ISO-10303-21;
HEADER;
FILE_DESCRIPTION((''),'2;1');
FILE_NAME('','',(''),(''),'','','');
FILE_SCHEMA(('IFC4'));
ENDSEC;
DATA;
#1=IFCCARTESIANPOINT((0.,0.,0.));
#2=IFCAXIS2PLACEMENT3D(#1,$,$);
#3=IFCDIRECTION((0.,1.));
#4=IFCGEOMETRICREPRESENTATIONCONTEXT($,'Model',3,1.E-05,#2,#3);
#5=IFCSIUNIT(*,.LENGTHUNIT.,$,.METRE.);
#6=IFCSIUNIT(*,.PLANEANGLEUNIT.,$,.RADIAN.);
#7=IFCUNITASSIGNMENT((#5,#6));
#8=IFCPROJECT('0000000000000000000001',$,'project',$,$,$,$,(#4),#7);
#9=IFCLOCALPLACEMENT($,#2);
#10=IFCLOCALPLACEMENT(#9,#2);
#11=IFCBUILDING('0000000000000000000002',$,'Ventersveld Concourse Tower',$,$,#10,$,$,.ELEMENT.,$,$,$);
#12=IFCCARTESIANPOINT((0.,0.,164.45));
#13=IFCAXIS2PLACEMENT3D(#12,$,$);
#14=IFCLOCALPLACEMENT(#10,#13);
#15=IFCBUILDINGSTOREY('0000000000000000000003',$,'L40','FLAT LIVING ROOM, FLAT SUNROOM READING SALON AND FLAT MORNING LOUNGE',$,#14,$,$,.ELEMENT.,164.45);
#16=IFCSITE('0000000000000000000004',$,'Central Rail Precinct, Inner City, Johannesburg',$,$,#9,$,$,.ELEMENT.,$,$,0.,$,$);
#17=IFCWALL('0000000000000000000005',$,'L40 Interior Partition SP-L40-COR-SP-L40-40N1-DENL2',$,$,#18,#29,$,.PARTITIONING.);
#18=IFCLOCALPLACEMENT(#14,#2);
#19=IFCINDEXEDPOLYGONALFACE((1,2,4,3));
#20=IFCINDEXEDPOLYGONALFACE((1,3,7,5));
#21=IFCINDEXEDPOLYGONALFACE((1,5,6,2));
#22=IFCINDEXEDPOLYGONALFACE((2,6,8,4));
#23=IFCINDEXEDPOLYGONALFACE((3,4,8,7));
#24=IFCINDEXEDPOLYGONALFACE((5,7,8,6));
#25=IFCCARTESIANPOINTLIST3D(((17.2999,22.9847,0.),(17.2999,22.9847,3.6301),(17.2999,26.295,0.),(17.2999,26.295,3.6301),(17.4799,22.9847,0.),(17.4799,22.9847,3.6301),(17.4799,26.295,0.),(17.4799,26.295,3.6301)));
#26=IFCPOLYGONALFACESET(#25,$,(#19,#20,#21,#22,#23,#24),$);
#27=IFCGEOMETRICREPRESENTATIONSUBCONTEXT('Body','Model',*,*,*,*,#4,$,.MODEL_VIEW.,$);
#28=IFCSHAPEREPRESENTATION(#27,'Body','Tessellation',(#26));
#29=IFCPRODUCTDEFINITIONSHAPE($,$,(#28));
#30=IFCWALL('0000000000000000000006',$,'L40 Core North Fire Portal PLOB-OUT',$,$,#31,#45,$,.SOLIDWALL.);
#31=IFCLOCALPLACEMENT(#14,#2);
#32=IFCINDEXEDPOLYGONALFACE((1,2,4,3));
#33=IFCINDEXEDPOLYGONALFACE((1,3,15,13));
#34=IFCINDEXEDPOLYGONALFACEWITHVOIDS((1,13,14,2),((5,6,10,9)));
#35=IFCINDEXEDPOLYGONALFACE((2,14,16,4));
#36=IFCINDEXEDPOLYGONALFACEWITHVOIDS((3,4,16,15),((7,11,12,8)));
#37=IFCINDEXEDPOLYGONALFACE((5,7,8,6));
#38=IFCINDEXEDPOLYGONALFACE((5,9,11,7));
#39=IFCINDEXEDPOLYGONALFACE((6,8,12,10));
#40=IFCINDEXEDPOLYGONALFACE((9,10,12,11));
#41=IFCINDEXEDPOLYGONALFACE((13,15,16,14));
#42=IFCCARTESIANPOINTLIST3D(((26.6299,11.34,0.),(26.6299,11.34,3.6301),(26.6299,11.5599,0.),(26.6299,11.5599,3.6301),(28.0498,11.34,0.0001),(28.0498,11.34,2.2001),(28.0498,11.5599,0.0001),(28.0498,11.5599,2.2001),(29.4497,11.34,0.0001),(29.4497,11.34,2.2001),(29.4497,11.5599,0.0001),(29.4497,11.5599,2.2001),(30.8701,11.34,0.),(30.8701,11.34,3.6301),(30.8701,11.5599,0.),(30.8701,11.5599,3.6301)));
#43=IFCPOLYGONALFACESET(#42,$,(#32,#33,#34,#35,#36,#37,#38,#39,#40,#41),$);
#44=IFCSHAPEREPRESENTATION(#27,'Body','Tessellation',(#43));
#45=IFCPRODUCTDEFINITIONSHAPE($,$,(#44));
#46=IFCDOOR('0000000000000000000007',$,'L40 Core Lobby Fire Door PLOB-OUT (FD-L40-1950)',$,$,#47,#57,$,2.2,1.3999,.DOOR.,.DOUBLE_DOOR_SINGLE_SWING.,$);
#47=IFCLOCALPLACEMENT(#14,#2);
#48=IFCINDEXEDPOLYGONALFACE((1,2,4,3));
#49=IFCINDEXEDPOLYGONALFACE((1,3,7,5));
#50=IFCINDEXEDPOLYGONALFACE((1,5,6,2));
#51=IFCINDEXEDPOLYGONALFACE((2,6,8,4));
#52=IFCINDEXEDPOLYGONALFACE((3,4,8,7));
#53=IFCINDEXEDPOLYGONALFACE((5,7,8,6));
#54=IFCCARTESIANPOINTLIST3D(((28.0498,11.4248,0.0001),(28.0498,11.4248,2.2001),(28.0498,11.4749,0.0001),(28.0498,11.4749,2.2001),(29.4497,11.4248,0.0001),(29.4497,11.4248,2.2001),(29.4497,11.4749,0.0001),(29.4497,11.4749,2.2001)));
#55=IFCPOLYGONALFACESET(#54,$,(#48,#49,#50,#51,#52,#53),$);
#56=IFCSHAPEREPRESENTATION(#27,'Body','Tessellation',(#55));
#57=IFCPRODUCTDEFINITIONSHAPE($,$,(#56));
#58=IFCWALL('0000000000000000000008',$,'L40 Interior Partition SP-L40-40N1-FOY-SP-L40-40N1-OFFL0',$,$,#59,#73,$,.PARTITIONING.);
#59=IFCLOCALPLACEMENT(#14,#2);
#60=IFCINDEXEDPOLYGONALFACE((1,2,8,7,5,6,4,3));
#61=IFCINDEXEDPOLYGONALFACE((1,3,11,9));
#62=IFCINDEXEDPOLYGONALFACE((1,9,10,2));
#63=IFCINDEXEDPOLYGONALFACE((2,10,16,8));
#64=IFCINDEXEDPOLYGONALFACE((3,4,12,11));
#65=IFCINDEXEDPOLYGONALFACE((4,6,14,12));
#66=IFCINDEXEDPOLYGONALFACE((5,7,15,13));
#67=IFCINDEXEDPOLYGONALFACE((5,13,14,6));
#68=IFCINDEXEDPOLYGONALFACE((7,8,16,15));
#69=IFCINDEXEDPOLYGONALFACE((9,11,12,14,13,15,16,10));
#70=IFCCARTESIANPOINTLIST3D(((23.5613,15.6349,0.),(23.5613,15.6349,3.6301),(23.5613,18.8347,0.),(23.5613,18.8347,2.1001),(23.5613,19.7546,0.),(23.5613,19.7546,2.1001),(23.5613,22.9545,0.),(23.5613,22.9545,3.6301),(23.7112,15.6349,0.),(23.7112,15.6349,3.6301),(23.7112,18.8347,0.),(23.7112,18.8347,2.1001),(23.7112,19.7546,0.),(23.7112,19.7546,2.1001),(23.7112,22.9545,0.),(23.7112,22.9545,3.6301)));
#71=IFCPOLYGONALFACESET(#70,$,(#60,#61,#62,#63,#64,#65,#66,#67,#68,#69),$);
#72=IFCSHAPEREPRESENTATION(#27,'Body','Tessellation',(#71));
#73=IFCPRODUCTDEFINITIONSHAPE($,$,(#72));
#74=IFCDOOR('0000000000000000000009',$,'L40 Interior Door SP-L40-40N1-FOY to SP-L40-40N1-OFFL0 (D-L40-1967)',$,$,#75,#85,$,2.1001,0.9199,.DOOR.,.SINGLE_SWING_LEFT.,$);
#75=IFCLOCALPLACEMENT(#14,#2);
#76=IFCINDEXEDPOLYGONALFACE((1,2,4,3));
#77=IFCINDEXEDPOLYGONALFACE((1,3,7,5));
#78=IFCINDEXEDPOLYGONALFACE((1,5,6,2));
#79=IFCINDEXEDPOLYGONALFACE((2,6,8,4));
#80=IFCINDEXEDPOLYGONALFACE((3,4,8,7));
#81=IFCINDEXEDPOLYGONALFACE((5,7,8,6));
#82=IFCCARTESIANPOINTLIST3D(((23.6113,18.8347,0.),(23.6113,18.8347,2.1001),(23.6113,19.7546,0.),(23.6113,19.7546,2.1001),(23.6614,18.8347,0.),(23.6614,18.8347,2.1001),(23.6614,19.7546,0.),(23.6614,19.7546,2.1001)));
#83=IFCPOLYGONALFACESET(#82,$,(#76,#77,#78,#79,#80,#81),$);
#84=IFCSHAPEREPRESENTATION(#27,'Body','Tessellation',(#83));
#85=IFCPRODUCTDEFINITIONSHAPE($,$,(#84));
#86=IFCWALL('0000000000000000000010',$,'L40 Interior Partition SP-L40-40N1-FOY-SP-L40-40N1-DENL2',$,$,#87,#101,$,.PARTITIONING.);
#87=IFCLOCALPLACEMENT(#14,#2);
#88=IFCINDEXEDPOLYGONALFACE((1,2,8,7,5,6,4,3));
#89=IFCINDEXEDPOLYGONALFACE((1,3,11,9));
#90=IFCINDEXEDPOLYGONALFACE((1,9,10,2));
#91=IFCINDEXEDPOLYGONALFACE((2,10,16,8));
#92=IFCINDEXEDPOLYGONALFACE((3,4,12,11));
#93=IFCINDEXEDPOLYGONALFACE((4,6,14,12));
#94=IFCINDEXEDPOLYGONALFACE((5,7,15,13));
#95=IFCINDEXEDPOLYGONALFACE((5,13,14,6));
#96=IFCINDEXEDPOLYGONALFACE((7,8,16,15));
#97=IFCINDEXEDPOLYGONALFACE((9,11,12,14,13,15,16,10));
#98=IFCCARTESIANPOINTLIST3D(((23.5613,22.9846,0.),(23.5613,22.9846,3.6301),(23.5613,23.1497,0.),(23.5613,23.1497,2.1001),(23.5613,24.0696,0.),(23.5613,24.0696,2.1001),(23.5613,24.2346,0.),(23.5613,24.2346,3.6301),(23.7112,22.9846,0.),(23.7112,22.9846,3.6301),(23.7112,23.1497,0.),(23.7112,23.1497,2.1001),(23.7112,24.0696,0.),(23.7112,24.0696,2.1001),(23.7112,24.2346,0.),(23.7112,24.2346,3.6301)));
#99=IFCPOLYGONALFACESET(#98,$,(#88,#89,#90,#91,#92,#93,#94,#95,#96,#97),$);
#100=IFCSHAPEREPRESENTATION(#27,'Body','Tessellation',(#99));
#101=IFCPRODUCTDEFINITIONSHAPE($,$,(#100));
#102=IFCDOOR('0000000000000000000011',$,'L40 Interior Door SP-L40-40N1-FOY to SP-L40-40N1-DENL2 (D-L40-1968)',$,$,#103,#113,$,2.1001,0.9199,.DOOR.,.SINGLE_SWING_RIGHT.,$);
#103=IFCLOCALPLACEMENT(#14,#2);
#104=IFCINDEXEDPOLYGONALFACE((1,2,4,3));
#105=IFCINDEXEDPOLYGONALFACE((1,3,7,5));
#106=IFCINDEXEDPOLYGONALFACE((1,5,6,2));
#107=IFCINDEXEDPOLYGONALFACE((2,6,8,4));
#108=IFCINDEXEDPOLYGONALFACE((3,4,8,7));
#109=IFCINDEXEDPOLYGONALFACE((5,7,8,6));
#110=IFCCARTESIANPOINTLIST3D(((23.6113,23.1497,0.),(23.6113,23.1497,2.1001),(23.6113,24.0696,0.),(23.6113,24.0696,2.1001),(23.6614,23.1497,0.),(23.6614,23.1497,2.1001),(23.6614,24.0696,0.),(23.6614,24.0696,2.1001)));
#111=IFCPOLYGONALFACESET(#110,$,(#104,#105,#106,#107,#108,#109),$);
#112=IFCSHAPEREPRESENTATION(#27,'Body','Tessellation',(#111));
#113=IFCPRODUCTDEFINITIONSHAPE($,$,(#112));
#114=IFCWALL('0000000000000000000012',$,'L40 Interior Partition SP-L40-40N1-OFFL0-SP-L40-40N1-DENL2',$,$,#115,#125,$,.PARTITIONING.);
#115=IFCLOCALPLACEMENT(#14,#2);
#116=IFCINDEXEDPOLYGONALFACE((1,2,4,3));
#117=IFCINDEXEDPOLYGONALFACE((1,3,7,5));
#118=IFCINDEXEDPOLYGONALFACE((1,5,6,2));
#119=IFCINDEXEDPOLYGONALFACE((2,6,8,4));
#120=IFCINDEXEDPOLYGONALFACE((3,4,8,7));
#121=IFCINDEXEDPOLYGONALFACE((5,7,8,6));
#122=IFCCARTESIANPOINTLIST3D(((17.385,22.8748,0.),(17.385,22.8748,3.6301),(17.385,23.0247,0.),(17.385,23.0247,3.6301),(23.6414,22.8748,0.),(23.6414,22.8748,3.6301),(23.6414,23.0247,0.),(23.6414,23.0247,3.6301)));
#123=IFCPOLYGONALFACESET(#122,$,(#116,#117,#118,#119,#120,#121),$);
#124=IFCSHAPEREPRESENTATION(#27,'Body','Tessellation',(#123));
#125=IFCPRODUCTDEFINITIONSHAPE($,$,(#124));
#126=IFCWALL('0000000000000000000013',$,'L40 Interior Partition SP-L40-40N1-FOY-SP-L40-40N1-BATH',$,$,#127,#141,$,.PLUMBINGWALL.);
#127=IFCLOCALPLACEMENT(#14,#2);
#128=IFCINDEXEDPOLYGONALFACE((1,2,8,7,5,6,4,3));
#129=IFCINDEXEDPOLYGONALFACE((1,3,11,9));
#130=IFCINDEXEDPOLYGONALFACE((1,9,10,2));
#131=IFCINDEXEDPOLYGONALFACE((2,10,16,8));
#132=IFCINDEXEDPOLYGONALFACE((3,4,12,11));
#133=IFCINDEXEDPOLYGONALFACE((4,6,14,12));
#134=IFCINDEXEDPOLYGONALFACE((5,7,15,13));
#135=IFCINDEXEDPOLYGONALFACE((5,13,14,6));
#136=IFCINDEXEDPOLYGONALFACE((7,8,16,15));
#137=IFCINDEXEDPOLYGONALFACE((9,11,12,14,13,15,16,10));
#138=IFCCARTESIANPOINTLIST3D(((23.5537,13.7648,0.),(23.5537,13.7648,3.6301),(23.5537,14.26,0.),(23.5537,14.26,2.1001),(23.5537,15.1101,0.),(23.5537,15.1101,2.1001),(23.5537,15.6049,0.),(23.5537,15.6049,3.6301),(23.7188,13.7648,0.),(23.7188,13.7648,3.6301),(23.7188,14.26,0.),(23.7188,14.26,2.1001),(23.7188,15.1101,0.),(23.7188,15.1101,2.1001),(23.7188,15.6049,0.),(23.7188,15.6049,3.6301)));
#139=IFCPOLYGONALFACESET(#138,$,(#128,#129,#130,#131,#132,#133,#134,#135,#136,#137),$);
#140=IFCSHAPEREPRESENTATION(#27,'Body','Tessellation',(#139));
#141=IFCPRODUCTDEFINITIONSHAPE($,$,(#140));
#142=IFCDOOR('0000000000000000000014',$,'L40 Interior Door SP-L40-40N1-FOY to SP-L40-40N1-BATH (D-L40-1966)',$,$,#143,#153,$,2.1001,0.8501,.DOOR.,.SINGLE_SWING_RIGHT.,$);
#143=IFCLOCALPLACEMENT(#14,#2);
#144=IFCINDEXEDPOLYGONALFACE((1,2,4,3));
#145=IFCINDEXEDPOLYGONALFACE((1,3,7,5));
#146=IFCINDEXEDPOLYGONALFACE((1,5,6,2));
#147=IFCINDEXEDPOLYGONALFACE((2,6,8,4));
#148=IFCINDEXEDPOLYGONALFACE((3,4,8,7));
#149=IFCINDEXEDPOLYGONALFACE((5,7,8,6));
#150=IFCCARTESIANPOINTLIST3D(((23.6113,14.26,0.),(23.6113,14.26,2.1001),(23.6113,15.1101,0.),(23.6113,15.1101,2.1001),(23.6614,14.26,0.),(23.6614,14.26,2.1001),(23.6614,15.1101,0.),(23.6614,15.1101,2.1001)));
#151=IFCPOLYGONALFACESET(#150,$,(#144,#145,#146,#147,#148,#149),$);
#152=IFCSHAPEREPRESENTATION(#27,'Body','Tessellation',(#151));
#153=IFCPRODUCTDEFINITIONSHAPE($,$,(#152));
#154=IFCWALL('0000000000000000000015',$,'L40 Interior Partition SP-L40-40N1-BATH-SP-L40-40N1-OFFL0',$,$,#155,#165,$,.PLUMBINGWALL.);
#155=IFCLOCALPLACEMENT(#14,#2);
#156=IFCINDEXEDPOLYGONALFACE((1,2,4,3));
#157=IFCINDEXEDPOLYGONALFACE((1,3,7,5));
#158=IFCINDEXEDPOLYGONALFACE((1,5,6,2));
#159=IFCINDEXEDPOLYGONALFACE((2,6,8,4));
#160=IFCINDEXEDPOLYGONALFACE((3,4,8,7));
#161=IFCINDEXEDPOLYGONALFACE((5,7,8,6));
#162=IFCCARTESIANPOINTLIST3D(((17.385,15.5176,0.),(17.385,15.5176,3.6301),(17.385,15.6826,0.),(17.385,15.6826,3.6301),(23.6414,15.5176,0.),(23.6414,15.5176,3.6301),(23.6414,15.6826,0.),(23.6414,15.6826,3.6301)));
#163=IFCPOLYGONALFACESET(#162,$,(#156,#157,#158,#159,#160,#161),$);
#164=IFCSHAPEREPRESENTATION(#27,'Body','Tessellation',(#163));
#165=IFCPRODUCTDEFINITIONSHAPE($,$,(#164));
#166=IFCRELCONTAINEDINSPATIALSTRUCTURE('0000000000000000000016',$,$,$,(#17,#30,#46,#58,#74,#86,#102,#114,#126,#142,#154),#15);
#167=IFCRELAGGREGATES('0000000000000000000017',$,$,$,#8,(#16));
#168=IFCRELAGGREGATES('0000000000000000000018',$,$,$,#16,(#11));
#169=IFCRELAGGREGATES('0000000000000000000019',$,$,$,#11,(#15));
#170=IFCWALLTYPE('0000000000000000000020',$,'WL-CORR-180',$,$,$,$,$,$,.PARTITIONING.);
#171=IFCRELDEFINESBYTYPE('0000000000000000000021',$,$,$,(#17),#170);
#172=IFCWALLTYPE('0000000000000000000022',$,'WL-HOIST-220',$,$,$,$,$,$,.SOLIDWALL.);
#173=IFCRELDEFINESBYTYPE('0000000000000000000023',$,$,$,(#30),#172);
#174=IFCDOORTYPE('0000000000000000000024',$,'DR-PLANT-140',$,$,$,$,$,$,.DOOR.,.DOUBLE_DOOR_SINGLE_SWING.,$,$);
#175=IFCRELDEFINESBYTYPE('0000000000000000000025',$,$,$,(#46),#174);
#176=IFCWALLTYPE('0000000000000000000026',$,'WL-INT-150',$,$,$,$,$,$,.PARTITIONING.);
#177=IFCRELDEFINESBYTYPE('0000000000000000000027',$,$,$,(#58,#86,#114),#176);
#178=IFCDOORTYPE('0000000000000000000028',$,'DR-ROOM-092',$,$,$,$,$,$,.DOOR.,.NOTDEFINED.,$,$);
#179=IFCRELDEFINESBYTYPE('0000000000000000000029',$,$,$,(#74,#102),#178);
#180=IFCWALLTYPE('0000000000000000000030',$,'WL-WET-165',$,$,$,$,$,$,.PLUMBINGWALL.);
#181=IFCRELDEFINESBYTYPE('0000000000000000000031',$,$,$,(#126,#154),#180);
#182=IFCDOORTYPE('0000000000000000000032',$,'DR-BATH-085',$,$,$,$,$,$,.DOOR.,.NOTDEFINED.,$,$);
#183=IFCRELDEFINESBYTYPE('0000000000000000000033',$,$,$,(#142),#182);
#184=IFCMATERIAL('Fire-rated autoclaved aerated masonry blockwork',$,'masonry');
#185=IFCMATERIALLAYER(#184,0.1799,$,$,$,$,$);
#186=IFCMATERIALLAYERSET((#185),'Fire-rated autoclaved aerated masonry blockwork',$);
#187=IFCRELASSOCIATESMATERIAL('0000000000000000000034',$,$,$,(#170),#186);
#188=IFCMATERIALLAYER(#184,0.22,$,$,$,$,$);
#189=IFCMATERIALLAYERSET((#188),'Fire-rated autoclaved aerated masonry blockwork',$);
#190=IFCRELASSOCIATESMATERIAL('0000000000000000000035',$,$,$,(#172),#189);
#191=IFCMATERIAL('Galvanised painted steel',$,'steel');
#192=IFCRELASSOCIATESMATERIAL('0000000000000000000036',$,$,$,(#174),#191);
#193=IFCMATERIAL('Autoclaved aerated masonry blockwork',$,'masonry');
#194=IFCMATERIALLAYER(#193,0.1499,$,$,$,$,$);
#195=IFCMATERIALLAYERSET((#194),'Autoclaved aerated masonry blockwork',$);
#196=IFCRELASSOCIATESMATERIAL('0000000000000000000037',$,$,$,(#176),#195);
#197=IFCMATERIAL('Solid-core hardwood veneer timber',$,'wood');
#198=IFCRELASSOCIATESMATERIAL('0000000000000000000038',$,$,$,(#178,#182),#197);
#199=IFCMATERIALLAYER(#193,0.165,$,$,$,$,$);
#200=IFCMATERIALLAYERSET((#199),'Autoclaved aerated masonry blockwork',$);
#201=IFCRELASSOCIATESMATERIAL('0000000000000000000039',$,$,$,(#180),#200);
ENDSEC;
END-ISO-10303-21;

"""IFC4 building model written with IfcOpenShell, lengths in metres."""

from ifc_helpers import new_model, si_unit, direction, frame, frame_2d, origin, place, context, subcontext, project, spatial, rectangle, extrude, material, layer, layer_set, type_object, element, fill, save


model = new_model("IFC4")

# Units and contexts
model_context = context("Model", 3, precision=1e-05, world=origin(), true_north=direction((0.0, 1.0)))
body_context = subcontext(model_context, "Body", "Model", "MODEL_VIEW")
ifc_project = project(units=[si_unit("LENGTHUNIT", "METRE"), si_unit("PLANEANGLEUNIT", "RADIAN")], contexts=[model_context])

# Site, building, storey
site_placement = place(None, origin())
site = spatial("IfcSite", under=ifc_project, at=site_placement, Name="Central Rail Precinct, Inner City, Johannesburg", CompositionType="ELEMENT", RefElevation=0.0)
building_placement = place(site_placement, origin())
building = spatial("IfcBuilding", under=site, at=building_placement, Name="Ventersveld Concourse Tower", CompositionType="ELEMENT")
storey_placement = place(building_placement, frame((0.0, 0.0, 164.45)))
storey = spatial("IfcBuildingStorey", under=building, at=storey_placement, Name="L40", Description="FLAT LIVING ROOM, FLAT SUNROOM READING SALON AND FLAT MORNING LOUNGE", CompositionType="ELEMENT", Elevation=164.45)

# Shared definitions
ifc_material_1 = material(Name="Fire-rated autoclaved aerated masonry blockwork", Category="masonry")
ifc_layer_1 = layer(ifc_material_1, 0.1799)
ifc_layer_set_1 = layer_set([ifc_layer_1], Name="Fire-rated autoclaved aerated masonry blockwork")
wall_type_1 = type_object("IfcWallType", Name="WL-CORR-180", PredefinedType="PARTITIONING", material=ifc_layer_set_1)

# Shared definitions
ifc_material_2 = material(Name="Solid-core hardwood veneer timber", Category="wood")

# Wall
wall_1_placement = place(storey_placement, frame((17.3899, 22.9846, 0.0), z_axis=(0.0, 0.0, 1.0), x_axis=(0.0, 1.0, 0.0)))
element("IfcWall", 1, at=wall_1_placement, inside=storey, type_object=wall_type_1, Name="L40 Interior Partition SP-L40-COR-SP-L40-40N1-DENL2", PredefinedType="PARTITIONING", context=body_context, shape_type="SweptSolid", body=[
    extrude(rectangle(XDim=3.3103, YDim=0.1799, at=frame_2d((1.6553, 0.0))), origin(), (0.0, 0.0, 1.0), 3.6301),
])

# Walls, openings, doors
ifc_layer_2 = layer(ifc_material_1, 0.22)
ifc_layer_set_2 = layer_set([ifc_layer_2], Name="Fire-rated autoclaved aerated masonry blockwork")
wall_type_2 = type_object("IfcWallType", Name="WL-HOIST-220", PredefinedType="SOLIDWALL", material=ifc_layer_set_2)
wall_2_placement = place(storey_placement, frame((26.6299, 11.45, 0.0), z_axis=(0.0, 0.0, 1.0), x_axis=(1.0, 0.0, 0.0)))
wall_2 = element("IfcWall", 2, at=wall_2_placement, inside=storey, type_object=wall_type_2, Name="L40 Core North Fire Portal PLOB-OUT", PredefinedType="SOLIDWALL", context=body_context, shape_type="SweptSolid", body=[
    extrude(rectangle(XDim=4.2402, YDim=0.22, at=frame_2d((2.1201, 0.0))), origin(), (0.0, 0.0, 1.0), 3.6301),
])
opening_1_placement = place(wall_2_placement, frame((1.4199, 0.0, 0.0)))
opening_1 = element("IfcOpeningElement", 3, at=opening_1_placement, cuts=wall_2, PredefinedType="OPENING", context=body_context, shape_type="SweptSolid", body=[
    extrude(rectangle(XDim=1.3999, YDim=2.2, at=frame_2d((0.7, 1.1001))), frame((0.0, 0.1201, 0.0), z_axis=(0.0, -1.0, 0.0), x_axis=(1.0, 0.0, 0.0)), (0.0, 0.0, 1.0), 0.24),
])
ifc_material_3 = material(Name="Galvanised painted steel", Category="steel")
door_type_1 = type_object("IfcDoorType", Name="DR-PLANT-140", OperationType="DOUBLE_DOOR_SINGLE_SWING", PredefinedType="DOOR", material=ifc_material_3)
door_1_placement = place(opening_1_placement, origin())
door_1 = element("IfcDoor", 4, at=door_1_placement, inside=storey, type_object=door_type_1, Name="L40 Core Lobby Fire Door PLOB-OUT (FD-L40-1950)", OperationType="DOUBLE_DOOR_SINGLE_SWING", OverallHeight=2.2, OverallWidth=1.3999, PredefinedType="DOOR", context=body_context, shape_type="SweptSolid", body=[
    extrude(rectangle(XDim=1.3999, YDim=2.2, at=frame_2d((0.7, 1.1001))), frame((0.0, 0.0249, 0.0), z_axis=(0.0, -1.0, 0.0), x_axis=(1.0, 0.0, 0.0)), (0.0, 0.0, 1.0), 0.05),
])
fill(opening_1, door_1)
ifc_material_4 = material(Name="Autoclaved aerated masonry blockwork", Category="masonry")
ifc_layer_3 = layer(ifc_material_4, 0.1499)
ifc_layer_set_3 = layer_set([ifc_layer_3], Name="Autoclaved aerated masonry blockwork")
wall_type_3 = type_object("IfcWallType", Name="WL-INT-150", PredefinedType="PARTITIONING", material=ifc_layer_set_3)
wall_3_placement = place(storey_placement, frame((23.6362, 15.635, 0.0), z_axis=(0.0, 0.0, 1.0), x_axis=(0.0, 1.0, 0.0)))
wall_3 = element("IfcWall", 5, at=wall_3_placement, inside=storey, type_object=wall_type_3, Name="L40 Interior Partition SP-L40-40N1-FOY-SP-L40-40N1-OFFL0", PredefinedType="PARTITIONING", context=body_context, shape_type="SweptSolid", body=[
    extrude(rectangle(XDim=7.3196, YDim=0.1499, at=frame_2d((3.6597, 0.0))), origin(), (0.0, 0.0, 1.0), 3.6301),
])
opening_2_placement = place(wall_3_placement, frame((3.1997, 0.0, 0.0)))
opening_2 = element("IfcOpeningElement", 6, at=opening_2_placement, cuts=wall_3, PredefinedType="OPENING", context=body_context, shape_type="SweptSolid", body=[
    extrude(rectangle(XDim=0.9199, YDim=2.1001, at=frame_2d((0.46, 1.05))), frame((0.0, 0.085, 0.0), z_axis=(0.0, -1.0, 0.0), x_axis=(1.0, 0.0, 0.0)), (0.0, 0.0, 1.0), 0.1699),
])
door_type_2 = type_object("IfcDoorType", Name="DR-ROOM-092", OperationType="NOTDEFINED", PredefinedType="DOOR", material=ifc_material_2)
door_2_placement = place(opening_2_placement, origin())
door_2 = element("IfcDoor", 7, at=door_2_placement, inside=storey, type_object=door_type_2, Name="L40 Interior Door SP-L40-40N1-FOY to SP-L40-40N1-OFFL0 (D-L40-1967)", OperationType="SINGLE_SWING_LEFT", OverallHeight=2.1001, OverallWidth=0.9199, PredefinedType="DOOR", context=body_context, shape_type="SweptSolid", body=[
    extrude(rectangle(XDim=0.9199, YDim=2.1001, at=frame_2d((0.46, 1.05))), frame((0.0, 0.0249, 0.0), z_axis=(0.0, -1.0, 0.0), x_axis=(1.0, 0.0, 0.0)), (0.0, 0.0, 1.0), 0.05),
])
fill(opening_2, door_2)
wall_4_placement = place(storey_placement, frame((23.6362, 22.9846, 0.0), z_axis=(0.0, 0.0, 1.0), x_axis=(0.0, 1.0, 0.0)))
wall_4 = element("IfcWall", 8, at=wall_4_placement, inside=storey, type_object=wall_type_3, Name="L40 Interior Partition SP-L40-40N1-FOY-SP-L40-40N1-DENL2", PredefinedType="PARTITIONING", context=body_context, shape_type="SweptSolid", body=[
    extrude(rectangle(XDim=1.25, YDim=0.1499, at=frame_2d((0.625, 0.0))), origin(), (0.0, 0.0, 1.0), 3.6301),
])
opening_3_placement = place(wall_4_placement, frame((0.165, 0.0, 0.0)))
opening_3 = element("IfcOpeningElement", 9, at=opening_3_placement, cuts=wall_4, PredefinedType="OPENING", context=body_context, shape_type="SweptSolid", body=[
    extrude(rectangle(XDim=0.9199, YDim=2.1001, at=frame_2d((0.46, 1.05))), frame((0.0, 0.085, 0.0), z_axis=(0.0, -1.0, 0.0), x_axis=(1.0, 0.0, 0.0)), (0.0, 0.0, 1.0), 0.1699),
])
door_3_placement = place(opening_3_placement, origin())
door_3 = element("IfcDoor", 10, at=door_3_placement, inside=storey, type_object=door_type_2, Name="L40 Interior Door SP-L40-40N1-FOY to SP-L40-40N1-DENL2 (D-L40-1968)", OperationType="SINGLE_SWING_RIGHT", OverallHeight=2.1001, OverallWidth=0.9199, PredefinedType="DOOR", context=body_context, shape_type="SweptSolid", body=[
    extrude(rectangle(XDim=0.9199, YDim=2.1001, at=frame_2d((0.46, 1.05))), frame((0.0, 0.0249, 0.0), z_axis=(0.0, -1.0, 0.0), x_axis=(1.0, 0.0, 0.0)), (0.0, 0.0, 1.0), 0.05),
])
fill(opening_3, door_3)

# Wall
wall_5_placement = place(storey_placement, frame((17.385, 22.9497, 0.0), z_axis=(0.0, 0.0, 1.0), x_axis=(1.0, 0.0, 0.0)))
element("IfcWall", 11, at=wall_5_placement, inside=storey, type_object=wall_type_3, Name="L40 Interior Partition SP-L40-40N1-OFFL0-SP-L40-40N1-DENL2", PredefinedType="PARTITIONING", context=body_context, shape_type="SweptSolid", body=[
    extrude(rectangle(XDim=6.2563, YDim=0.1499, at=frame_2d((3.1282, 0.0))), origin(), (0.0, 0.0, 1.0), 3.6301),
])

# Wall, opening, door
ifc_layer_4 = layer(ifc_material_4, 0.165)
ifc_layer_set_4 = layer_set([ifc_layer_4], Name="Autoclaved aerated masonry blockwork")
wall_type_4 = type_object("IfcWallType", Name="WL-WET-165", PredefinedType="PLUMBINGWALL", material=ifc_layer_set_4)
wall_6_placement = place(storey_placement, frame((23.6362, 13.7649, 0.0), z_axis=(0.0, 0.0, 1.0), x_axis=(0.0, 1.0, 0.0)))
wall_6 = element("IfcWall", 12, at=wall_6_placement, inside=storey, type_object=wall_type_4, Name="L40 Interior Partition SP-L40-40N1-FOY-SP-L40-40N1-BATH", PredefinedType="PLUMBINGWALL", context=body_context, shape_type="SweptSolid", body=[
    extrude(rectangle(XDim=1.8401, YDim=0.165, at=frame_2d((0.9199, 0.0))), origin(), (0.0, 0.0, 1.0), 3.6301),
])
opening_4_placement = place(wall_6_placement, frame((0.4951, 0.0, 0.0)))
opening_4 = element("IfcOpeningElement", 13, at=opening_4_placement, cuts=wall_6, PredefinedType="OPENING", context=body_context, shape_type="SweptSolid", body=[
    extrude(rectangle(XDim=0.8501, YDim=2.1001, at=frame_2d((0.425, 1.05))), frame((0.0, 0.0925, 0.0), z_axis=(0.0, -1.0, 0.0), x_axis=(1.0, 0.0, 0.0)), (0.0, 0.0, 1.0), 0.1851),
])
door_type_3 = type_object("IfcDoorType", Name="DR-BATH-085", OperationType="NOTDEFINED", PredefinedType="DOOR", material=ifc_material_2)
door_4_placement = place(opening_4_placement, origin())
door_4 = element("IfcDoor", 14, at=door_4_placement, inside=storey, type_object=door_type_3, Name="L40 Interior Door SP-L40-40N1-FOY to SP-L40-40N1-BATH (D-L40-1966)", OperationType="SINGLE_SWING_RIGHT", OverallHeight=2.1001, OverallWidth=0.8501, PredefinedType="DOOR", context=body_context, shape_type="SweptSolid", body=[
    extrude(rectangle(XDim=0.8501, YDim=2.1001, at=frame_2d((0.425, 1.05))), frame((0.0, 0.0249, 0.0), z_axis=(0.0, -1.0, 0.0), x_axis=(1.0, 0.0, 0.0)), (0.0, 0.0, 1.0), 0.05),
])
fill(opening_4, door_4)

# Wall
wall_7_placement = place(storey_placement, frame((17.385, 15.6001, 0.0), z_axis=(0.0, 0.0, 1.0), x_axis=(1.0, 0.0, 0.0)))
element("IfcWall", 15, at=wall_7_placement, inside=storey, type_object=wall_type_4, Name="L40 Interior Partition SP-L40-40N1-BATH-SP-L40-40N1-OFFL0", PredefinedType="PLUMBINGWALL", context=body_context, shape_type="SweptSolid", body=[
    extrude(rectangle(XDim=6.2563, YDim=0.165, at=frame_2d((3.1282, 0.0))), origin(), (0.0, 0.0, 1.0), 3.6301),
])

save(model, "model.ifc")
